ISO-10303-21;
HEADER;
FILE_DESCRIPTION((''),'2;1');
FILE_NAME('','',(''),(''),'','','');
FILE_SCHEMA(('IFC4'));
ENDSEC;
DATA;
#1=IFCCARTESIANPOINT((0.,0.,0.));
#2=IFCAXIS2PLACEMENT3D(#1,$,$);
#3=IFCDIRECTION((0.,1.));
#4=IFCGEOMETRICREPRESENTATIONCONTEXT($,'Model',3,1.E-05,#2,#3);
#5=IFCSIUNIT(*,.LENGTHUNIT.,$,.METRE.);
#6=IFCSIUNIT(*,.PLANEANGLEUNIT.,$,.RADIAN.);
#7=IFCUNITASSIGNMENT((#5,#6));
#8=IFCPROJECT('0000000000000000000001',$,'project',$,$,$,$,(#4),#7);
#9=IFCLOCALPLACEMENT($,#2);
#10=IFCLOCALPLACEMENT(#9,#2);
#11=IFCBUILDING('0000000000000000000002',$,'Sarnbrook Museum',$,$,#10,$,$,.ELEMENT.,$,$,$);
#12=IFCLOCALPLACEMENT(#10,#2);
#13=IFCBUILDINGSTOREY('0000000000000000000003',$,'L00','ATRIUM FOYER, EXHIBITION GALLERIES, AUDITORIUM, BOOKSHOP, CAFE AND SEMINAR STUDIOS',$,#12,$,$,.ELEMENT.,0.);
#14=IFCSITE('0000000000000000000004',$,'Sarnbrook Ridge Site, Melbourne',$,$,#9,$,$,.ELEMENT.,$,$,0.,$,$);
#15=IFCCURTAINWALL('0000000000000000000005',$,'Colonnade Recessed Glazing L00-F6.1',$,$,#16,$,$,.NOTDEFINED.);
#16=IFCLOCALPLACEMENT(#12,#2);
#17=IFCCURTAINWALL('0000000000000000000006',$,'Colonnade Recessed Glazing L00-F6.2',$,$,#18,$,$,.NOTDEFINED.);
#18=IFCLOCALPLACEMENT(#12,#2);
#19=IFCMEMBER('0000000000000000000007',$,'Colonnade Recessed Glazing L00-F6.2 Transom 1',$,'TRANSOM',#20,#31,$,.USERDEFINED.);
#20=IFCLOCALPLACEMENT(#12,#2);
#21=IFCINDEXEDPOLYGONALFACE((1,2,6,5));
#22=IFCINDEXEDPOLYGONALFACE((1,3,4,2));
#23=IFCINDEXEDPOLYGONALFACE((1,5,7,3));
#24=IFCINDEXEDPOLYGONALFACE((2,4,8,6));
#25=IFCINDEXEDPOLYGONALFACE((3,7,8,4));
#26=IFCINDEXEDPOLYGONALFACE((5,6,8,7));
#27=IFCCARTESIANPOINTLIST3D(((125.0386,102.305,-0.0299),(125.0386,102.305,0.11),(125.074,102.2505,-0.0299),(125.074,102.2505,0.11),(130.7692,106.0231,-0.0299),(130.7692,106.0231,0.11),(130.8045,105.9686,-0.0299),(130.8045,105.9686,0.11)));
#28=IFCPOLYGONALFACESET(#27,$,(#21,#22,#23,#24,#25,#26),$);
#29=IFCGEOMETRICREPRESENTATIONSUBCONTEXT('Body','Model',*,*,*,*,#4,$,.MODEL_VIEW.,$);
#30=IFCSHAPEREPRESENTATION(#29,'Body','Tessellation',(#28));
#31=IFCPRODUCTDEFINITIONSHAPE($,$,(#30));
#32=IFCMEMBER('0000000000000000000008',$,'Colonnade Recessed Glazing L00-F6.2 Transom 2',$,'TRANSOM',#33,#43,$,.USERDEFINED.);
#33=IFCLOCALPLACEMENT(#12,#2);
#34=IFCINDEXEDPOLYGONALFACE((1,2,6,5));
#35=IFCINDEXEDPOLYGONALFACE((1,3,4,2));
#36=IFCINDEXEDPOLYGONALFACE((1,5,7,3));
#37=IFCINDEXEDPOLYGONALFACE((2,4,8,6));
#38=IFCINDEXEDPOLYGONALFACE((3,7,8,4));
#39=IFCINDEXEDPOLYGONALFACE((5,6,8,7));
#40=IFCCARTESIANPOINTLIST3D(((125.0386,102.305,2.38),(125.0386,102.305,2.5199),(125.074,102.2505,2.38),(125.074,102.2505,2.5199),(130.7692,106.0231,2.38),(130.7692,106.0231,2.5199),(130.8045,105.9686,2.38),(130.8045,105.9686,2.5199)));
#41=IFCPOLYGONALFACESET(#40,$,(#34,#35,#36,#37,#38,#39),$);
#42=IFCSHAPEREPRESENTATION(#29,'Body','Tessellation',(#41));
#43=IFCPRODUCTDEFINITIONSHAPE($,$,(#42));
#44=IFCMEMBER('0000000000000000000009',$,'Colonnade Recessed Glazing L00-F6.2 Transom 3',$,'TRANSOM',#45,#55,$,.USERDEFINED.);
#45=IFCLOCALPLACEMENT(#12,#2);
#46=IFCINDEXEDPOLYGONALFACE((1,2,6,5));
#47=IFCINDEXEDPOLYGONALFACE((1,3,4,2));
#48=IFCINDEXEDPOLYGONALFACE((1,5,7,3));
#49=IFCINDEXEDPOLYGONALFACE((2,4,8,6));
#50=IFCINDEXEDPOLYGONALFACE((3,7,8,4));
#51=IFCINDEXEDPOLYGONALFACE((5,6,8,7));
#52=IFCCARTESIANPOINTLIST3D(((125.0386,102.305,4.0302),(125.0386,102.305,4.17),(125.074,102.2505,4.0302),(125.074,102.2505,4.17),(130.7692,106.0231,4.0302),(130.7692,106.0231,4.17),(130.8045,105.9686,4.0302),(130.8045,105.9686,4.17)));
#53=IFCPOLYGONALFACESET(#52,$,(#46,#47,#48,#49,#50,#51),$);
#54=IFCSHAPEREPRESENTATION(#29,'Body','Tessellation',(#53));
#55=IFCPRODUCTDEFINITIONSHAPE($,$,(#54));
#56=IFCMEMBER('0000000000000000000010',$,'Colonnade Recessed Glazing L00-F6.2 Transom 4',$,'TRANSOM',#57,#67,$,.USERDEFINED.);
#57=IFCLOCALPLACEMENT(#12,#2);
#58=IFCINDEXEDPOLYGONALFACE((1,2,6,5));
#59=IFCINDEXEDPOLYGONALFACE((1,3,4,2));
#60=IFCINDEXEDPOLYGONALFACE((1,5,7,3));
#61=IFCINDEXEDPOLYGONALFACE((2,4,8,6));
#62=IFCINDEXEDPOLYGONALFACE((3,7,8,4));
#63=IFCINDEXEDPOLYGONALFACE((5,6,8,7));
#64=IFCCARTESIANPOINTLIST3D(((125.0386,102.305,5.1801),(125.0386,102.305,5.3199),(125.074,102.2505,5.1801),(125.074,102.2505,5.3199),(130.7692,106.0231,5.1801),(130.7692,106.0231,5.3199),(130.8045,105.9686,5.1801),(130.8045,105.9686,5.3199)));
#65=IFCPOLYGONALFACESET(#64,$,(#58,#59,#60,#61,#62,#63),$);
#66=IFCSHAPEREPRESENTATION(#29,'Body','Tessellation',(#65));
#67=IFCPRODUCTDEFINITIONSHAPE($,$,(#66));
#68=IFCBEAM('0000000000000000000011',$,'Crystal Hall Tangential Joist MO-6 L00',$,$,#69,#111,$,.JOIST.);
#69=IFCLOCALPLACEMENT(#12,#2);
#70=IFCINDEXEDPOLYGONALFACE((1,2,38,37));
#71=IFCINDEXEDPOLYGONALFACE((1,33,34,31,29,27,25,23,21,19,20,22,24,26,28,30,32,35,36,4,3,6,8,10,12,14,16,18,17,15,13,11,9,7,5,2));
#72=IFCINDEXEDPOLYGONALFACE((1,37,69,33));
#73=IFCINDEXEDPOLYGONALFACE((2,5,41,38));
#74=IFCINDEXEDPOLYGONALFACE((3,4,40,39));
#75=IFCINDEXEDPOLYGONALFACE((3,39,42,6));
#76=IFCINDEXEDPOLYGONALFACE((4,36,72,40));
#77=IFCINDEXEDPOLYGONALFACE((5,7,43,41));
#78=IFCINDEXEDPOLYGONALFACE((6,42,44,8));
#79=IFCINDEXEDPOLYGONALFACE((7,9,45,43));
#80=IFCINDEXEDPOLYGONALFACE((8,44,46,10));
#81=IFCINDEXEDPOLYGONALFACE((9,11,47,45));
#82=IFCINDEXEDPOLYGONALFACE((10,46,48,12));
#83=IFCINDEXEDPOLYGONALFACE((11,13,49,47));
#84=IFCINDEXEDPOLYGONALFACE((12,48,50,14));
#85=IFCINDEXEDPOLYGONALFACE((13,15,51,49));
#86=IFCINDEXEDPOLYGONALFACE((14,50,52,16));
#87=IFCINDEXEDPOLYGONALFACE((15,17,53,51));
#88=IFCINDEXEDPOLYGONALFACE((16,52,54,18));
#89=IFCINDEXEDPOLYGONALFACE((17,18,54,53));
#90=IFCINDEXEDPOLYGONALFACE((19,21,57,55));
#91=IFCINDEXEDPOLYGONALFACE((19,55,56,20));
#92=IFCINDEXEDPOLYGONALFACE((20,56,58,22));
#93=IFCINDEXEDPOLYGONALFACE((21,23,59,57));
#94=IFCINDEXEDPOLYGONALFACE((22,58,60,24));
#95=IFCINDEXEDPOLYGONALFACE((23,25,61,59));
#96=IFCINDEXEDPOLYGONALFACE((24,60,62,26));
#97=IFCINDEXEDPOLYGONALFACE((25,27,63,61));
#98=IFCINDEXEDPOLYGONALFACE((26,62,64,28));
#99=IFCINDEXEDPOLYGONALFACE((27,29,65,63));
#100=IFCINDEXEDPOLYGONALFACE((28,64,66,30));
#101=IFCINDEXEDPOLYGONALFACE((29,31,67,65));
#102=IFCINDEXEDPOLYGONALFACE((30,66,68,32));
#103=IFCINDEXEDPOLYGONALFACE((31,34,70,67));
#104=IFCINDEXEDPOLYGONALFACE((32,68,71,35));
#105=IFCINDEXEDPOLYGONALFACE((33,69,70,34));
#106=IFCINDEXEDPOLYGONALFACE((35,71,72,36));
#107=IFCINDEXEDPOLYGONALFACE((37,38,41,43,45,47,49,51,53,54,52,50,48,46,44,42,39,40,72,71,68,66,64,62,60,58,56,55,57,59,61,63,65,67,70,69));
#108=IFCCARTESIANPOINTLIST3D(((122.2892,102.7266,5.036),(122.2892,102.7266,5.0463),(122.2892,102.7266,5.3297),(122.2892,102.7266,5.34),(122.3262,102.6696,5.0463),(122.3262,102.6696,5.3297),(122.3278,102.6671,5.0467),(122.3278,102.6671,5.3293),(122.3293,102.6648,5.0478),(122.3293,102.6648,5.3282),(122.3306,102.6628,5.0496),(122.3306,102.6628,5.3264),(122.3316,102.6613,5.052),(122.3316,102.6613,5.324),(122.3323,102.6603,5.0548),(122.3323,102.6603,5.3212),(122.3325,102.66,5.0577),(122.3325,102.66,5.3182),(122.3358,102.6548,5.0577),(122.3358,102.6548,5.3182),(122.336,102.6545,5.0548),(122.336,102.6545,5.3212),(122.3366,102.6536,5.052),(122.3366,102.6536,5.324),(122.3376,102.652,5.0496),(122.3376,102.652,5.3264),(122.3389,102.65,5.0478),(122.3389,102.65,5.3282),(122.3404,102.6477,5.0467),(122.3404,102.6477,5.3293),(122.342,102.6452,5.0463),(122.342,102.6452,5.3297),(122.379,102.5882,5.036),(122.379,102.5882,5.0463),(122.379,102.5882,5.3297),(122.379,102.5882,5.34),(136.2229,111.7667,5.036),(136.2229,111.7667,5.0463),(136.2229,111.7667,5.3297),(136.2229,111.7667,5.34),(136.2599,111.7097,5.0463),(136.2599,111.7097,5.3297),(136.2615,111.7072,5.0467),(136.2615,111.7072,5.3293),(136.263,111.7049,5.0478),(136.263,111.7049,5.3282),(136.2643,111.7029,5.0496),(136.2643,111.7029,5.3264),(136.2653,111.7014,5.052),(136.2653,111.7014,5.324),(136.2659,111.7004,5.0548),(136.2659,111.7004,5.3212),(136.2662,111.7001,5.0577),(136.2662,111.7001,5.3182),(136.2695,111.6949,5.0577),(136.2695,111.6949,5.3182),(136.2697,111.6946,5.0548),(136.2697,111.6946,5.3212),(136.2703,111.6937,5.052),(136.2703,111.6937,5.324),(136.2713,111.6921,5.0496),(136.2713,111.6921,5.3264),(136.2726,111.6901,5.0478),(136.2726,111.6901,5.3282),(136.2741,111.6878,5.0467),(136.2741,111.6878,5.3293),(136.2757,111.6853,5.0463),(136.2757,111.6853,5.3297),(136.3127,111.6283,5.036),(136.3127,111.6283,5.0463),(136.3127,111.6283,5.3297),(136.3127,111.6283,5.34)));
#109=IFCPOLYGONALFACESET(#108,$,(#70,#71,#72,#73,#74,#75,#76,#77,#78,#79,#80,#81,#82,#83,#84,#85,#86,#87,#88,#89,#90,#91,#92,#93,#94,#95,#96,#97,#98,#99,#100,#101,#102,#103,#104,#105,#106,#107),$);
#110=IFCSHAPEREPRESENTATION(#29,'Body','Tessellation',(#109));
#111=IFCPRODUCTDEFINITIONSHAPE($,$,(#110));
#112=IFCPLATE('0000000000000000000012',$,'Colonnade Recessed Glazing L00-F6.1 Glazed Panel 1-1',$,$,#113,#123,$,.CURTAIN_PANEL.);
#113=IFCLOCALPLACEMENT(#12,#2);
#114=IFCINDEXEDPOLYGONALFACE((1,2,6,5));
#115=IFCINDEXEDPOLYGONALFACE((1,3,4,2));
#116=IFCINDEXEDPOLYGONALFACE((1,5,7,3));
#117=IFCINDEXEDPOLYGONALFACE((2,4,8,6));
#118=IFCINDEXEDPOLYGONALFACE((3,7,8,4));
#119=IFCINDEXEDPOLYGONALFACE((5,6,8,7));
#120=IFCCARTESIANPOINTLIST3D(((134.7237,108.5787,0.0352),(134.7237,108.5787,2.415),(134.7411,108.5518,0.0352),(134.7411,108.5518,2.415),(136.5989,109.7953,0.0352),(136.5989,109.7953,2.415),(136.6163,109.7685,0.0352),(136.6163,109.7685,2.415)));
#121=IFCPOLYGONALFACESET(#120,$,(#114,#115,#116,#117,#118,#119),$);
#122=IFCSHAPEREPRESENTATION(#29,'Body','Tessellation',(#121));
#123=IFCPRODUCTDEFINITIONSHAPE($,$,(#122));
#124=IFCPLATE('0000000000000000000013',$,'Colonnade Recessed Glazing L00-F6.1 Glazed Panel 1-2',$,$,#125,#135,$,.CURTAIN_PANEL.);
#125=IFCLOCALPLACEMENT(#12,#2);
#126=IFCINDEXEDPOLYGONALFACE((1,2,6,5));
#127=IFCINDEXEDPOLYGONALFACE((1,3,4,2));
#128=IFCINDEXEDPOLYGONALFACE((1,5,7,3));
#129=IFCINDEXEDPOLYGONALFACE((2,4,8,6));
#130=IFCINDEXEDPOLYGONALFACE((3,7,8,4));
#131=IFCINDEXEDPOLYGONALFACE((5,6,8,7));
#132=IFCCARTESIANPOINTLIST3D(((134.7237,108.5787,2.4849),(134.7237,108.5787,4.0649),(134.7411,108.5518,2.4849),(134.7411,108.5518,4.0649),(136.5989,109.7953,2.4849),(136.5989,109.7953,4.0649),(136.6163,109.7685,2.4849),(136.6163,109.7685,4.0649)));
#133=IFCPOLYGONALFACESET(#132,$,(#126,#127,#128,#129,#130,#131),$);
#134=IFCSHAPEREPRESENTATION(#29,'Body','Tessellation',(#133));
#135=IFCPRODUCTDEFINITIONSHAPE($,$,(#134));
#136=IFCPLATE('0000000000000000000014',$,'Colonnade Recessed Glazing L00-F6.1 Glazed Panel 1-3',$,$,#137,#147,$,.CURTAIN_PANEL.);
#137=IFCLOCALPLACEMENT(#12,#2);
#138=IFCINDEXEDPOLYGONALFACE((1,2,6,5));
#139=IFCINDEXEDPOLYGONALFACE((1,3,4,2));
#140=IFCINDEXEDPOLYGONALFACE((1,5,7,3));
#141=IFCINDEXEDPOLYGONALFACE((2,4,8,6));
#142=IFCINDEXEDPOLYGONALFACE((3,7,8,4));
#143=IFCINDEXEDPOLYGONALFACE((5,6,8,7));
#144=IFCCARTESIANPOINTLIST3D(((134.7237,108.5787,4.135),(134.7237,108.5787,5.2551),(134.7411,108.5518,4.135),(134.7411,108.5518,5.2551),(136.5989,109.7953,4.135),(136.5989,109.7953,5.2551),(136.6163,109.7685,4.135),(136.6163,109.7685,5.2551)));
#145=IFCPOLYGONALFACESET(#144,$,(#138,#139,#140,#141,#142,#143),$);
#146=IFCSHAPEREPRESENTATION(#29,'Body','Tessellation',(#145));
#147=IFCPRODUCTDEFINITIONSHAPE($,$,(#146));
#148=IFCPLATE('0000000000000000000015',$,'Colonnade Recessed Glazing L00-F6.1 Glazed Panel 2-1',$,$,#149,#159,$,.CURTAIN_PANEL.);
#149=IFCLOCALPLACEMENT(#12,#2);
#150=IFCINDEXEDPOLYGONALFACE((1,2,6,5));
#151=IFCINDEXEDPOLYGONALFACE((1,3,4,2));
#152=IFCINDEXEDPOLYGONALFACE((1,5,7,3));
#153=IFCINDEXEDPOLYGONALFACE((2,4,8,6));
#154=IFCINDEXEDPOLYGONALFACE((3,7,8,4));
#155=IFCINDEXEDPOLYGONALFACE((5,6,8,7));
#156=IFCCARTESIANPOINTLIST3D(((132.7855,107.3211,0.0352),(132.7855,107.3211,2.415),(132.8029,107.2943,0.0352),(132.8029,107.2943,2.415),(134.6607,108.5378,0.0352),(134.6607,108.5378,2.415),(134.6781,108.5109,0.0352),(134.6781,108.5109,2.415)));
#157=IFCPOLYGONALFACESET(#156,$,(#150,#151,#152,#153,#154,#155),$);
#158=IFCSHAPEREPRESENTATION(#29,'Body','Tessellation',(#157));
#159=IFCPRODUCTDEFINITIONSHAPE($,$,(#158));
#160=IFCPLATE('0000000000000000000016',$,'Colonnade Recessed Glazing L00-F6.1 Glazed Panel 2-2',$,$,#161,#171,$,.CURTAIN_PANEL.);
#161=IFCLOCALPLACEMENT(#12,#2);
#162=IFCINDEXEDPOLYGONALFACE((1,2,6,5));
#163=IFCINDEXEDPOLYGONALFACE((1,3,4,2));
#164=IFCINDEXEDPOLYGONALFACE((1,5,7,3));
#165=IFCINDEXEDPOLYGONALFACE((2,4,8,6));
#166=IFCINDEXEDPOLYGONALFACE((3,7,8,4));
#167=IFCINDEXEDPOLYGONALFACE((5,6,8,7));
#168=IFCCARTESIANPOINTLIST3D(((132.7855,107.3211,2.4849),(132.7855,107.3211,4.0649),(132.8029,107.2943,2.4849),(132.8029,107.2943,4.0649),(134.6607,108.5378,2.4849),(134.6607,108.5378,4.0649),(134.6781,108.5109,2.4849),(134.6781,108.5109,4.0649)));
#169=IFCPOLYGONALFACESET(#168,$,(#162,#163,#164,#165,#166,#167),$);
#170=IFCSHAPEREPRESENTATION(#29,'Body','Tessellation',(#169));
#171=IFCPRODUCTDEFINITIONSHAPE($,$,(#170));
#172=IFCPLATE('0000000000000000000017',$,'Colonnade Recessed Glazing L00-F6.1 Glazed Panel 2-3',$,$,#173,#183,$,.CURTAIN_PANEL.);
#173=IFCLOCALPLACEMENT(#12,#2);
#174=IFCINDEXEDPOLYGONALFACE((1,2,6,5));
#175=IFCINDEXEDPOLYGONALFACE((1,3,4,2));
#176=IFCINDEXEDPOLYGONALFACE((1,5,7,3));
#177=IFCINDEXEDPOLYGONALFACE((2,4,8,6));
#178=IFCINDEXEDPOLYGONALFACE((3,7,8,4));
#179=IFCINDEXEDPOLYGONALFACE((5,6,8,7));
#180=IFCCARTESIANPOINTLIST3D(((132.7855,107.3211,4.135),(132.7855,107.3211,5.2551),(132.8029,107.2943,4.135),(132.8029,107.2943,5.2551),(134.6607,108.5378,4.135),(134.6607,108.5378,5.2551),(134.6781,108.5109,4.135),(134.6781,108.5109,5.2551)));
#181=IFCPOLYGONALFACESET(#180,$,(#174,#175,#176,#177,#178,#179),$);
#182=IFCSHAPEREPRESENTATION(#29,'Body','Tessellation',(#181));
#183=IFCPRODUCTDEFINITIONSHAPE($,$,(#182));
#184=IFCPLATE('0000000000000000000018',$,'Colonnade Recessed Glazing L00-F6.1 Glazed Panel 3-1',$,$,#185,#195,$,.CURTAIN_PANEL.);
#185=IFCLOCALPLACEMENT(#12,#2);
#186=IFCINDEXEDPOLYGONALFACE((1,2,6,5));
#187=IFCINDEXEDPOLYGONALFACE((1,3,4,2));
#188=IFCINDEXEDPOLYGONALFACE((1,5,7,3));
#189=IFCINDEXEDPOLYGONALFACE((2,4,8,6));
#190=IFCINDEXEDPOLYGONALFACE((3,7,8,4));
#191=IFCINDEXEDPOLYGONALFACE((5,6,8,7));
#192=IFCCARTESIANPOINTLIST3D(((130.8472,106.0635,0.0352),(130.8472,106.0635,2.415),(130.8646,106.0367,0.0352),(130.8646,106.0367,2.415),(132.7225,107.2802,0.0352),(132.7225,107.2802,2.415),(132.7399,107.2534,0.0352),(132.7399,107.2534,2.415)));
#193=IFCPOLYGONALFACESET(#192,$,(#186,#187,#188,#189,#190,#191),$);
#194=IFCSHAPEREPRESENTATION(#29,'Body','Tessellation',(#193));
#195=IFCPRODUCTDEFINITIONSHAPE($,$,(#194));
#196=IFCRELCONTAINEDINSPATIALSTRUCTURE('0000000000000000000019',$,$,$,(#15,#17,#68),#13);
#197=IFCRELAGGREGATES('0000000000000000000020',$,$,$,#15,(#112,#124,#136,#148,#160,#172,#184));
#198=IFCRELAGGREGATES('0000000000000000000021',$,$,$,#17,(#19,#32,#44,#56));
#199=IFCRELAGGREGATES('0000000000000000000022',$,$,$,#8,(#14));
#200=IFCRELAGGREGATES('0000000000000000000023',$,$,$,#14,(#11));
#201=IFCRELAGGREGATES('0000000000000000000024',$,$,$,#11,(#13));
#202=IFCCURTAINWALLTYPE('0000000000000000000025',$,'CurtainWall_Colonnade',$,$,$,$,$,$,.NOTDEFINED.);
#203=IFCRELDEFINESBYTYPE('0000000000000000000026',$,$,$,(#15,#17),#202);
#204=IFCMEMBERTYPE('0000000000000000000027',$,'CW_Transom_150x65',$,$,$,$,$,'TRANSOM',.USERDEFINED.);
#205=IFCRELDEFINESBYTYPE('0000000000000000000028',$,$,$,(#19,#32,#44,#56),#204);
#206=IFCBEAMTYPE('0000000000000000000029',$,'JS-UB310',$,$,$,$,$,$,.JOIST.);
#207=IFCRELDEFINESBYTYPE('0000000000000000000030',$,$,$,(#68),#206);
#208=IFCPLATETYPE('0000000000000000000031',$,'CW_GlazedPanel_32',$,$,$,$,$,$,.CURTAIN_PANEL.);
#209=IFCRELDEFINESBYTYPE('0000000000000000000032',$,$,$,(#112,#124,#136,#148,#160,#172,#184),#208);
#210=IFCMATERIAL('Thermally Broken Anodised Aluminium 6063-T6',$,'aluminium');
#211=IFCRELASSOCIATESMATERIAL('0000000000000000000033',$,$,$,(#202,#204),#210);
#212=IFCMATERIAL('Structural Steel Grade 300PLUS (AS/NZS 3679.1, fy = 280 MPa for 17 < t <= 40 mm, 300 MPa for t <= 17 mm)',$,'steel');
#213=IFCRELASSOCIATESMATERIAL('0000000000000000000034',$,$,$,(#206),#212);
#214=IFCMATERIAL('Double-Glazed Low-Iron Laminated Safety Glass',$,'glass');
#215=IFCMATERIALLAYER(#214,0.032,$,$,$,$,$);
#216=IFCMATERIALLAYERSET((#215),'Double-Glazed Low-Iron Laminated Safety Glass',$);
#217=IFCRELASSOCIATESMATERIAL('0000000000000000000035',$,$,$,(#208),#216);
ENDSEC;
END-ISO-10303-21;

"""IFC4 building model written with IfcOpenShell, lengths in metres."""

from ifc_helpers import new_model, si_unit, direction, frame, origin, origin_2d, place, context, subcontext, project, spatial, rectangle, i_section, extrude, material, layer, layer_set, material_profile, profile_set, type_object, element, aggregate, save


model = new_model("IFC4")

# Units and contexts
model_context = context("Model", 3, precision=1e-05, world=origin(), true_north=direction((0.0, 1.0)))
body_context = subcontext(model_context, "Body", "Model", "MODEL_VIEW")
ifc_project = project(units=[si_unit("LENGTHUNIT", "METRE"), si_unit("PLANEANGLEUNIT", "RADIAN")], contexts=[model_context])

# Site, building, storey
site_placement = place(None, origin())
site = spatial("IfcSite", under=ifc_project, at=site_placement, Name="Sarnbrook Ridge Site, Melbourne", CompositionType="ELEMENT", RefElevation=0.0)
building_placement = place(site_placement, origin())
building = spatial("IfcBuilding", under=site, at=building_placement, Name="Sarnbrook Museum", CompositionType="ELEMENT")
storey_placement = place(building_placement, origin())
storey = spatial("IfcBuildingStorey", under=building, at=storey_placement, Name="L00", Description="ATRIUM FOYER, EXHIBITION GALLERIES, AUDITORIUM, BOOKSHOP, CAFE AND SEMINAR STUDIOS", CompositionType="ELEMENT", Elevation=0.0)

# Shared definitions
ifc_material_1 = material(Name="Structural Steel Grade 300PLUS (AS/NZS 3679.1, fy = 280 MPa for 17 < t <= 40 mm, 300 MPa for t <= 17 mm)", Category="steel")

# Curtain wall
ifc_material_2 = material(Name="Thermally Broken Anodised Aluminium 6063-T6", Category="aluminium")
curtain_wall_type = type_object("IfcCurtainWallType", Name="CurtainWall_Colonnade", PredefinedType="NOTDEFINED", material=ifc_material_2)
curtain_wall_1_placement = place(storey_placement, origin())
curtain_wall_1 = element("IfcCurtainWall", 1, at=curtain_wall_1_placement, inside=storey, type_object=curtain_wall_type, Name="Colonnade Recessed Glazing L00-F6.1", PredefinedType="NOTDEFINED")

# Curtain wall
curtain_wall_2_placement = place(storey_placement, origin())
curtain_wall_2 = element("IfcCurtainWall", 2, at=curtain_wall_2_placement, inside=storey, type_object=curtain_wall_type, Name="Colonnade Recessed Glazing L00-F6.2", PredefinedType="NOTDEFINED")

# Members
ifc_material_profile_1 = material_profile(ifc_material_2, rectangle(XDim=0.0649, YDim=0.1399, at=origin_2d()), Name="ALU TRANSOM 65x140")
ifc_profile_set_1 = profile_set([ifc_material_profile_1], Name="Thermally Broken Anodised Aluminium 6063-T6")
member_type_1 = type_object("IfcMemberType", Name="CW_Transom_150x65", ElementType="TRANSOM", PredefinedType="USERDEFINED", material=ifc_profile_set_1)
member_1_placement = place(storey_placement, frame((130.7869, 105.9958, 0.04), z_axis=(-0.838897, -0.54429, 0.0), x_axis=(0.54429, -0.838897, 0.0)))
member_1 = element("IfcMember", 3, at=member_1_placement, type_object=member_type_1, Name="Colonnade Recessed Glazing L00-F6.2 Transom 1", ObjectType="TRANSOM", PredefinedType="USERDEFINED", context=body_context, shape_type="SweptSolid", body=[
    extrude(rectangle(XDim=0.0649, YDim=0.1399, at=origin_2d()), origin(), (0.0, 0.0, 1.0), 6.8311),
])
member_2_placement = place(storey_placement, frame((130.7869, 105.9958, 2.45), z_axis=(-0.838897, -0.54429, 0.0), x_axis=(0.54429, -0.838897, 0.0)))
member_2 = element("IfcMember", 4, at=member_2_placement, type_object=member_type_1, Name="Colonnade Recessed Glazing L00-F6.2 Transom 2", ObjectType="TRANSOM", PredefinedType="USERDEFINED", context=body_context, shape_type="SweptSolid", body=[
    extrude(rectangle(XDim=0.0649, YDim=0.1399, at=origin_2d()), origin(), (0.0, 0.0, 1.0), 6.8311),
])
member_3_placement = place(storey_placement, frame((130.7869, 105.9958, 4.1001), z_axis=(-0.838897, -0.54429, 0.0), x_axis=(0.54429, -0.838897, 0.0)))
member_3 = element("IfcMember", 5, at=member_3_placement, type_object=member_type_1, Name="Colonnade Recessed Glazing L00-F6.2 Transom 3", ObjectType="TRANSOM", PredefinedType="USERDEFINED", context=body_context, shape_type="SweptSolid", body=[
    extrude(rectangle(XDim=0.0649, YDim=0.1399, at=origin_2d()), origin(), (0.0, 0.0, 1.0), 6.8311),
])
member_4_placement = place(storey_placement, frame((130.7869, 105.9958, 5.25), z_axis=(-0.838897, -0.54429, 0.0), x_axis=(0.54429, -0.838897, 0.0)))
member_4 = element("IfcMember", 6, at=member_4_placement, type_object=member_type_1, Name="Colonnade Recessed Glazing L00-F6.2 Transom 4", ObjectType="TRANSOM", PredefinedType="USERDEFINED", context=body_context, shape_type="SweptSolid", body=[
    extrude(rectangle(XDim=0.0649, YDim=0.1399, at=origin_2d()), origin(), (0.0, 0.0, 1.0), 6.8311),
])

# Beam
ifc_material_profile_2 = material_profile(ifc_material_1, i_section(OverallWidth=0.165, OverallDepth=0.304, WebThickness=0.0061, FlangeThickness=0.0103, FilletRadius=0.0115, at=origin_2d()), Name="310UB40.4")
ifc_profile_set_2 = profile_set([ifc_material_profile_2], Name="Structural Steel Grade 300PLUS (AS/NZS 3679.1, fy = 280 MPa for 17 < t <= 40 mm, 300 MPa for t <= 17 mm)")
beam_type_1 = type_object("IfcBeamType", Name="JS-UB310", PredefinedType="JOIST", material=ifc_profile_set_2)
beam_1_placement = place(storey_placement, frame((136.2678, 111.6975, 5.188), z_axis=(-0.838905, -0.544277, 0.0), x_axis=(0.544277, -0.838905, 0.0)))
element("IfcBeam", 7, at=beam_1_placement, inside=storey, type_object=beam_type_1, Name="Crystal Hall Tangential Joist MO-6 L00", PredefinedType="JOIST", context=body_context, shape_type="SweptSolid", body=[
    extrude(i_section(OverallWidth=0.165, OverallDepth=0.304, WebThickness=0.0061, FlangeThickness=0.0103, FilletRadius=0.0115, at=origin_2d()), origin(), (0.0, 0.0, 1.0), 16.6094),
])

# Plates
ifc_material_3 = material(Name="Double-Glazed Low-Iron Laminated Safety Glass", Category="glass")
ifc_layer = layer(ifc_material_3, 0.032)
ifc_layer_set = layer_set([ifc_layer], Name="Double-Glazed Low-Iron Laminated Safety Glass")
plate_type = type_object("IfcPlateType", Name="CW_GlazedPanel_32", PredefinedType="CURTAIN_PANEL", material=ifc_layer_set)
plate_1_placement = place(storey_placement, frame((135.6787, 109.1602, 1.2251), z_axis=(-0.544286, 0.8389, 0.0), x_axis=(-0.8389, -0.544286, 0.0)))
plate_1 = element("IfcPlate", 8, at=plate_1_placement, type_object=plate_type, Name="Colonnade Recessed Glazing L00-F6.1 Glazed Panel 1-1", PredefinedType="CURTAIN_PANEL", context=body_context, shape_type="SweptSolid", body=[
    extrude(rectangle(XDim=2.2354, YDim=2.3799, at=origin_2d()), origin(), (0.0, 0.0, 1.0), 0.032),
])
plate_2_placement = place(storey_placement, frame((135.6787, 109.1602, 3.2749), z_axis=(-0.544286, 0.8389, 0.0), x_axis=(-0.8389, -0.544286, 0.0)))
plate_2 = element("IfcPlate", 9, at=plate_2_placement, type_object=plate_type, Name="Colonnade Recessed Glazing L00-F6.1 Glazed Panel 1-2", PredefinedType="CURTAIN_PANEL", context=body_context, shape_type="SweptSolid", body=[
    extrude(rectangle(XDim=2.2354, YDim=1.5801, at=origin_2d()), origin(), (0.0, 0.0, 1.0), 0.032),
])
plate_3_placement = place(storey_placement, frame((135.6787, 109.1602, 4.6951), z_axis=(-0.544286, 0.8389, 0.0), x_axis=(-0.8389, -0.544286, 0.0)))
plate_3 = element("IfcPlate", 10, at=plate_3_placement, type_object=plate_type, Name="Colonnade Recessed Glazing L00-F6.1 Glazed Panel 1-3", PredefinedType="CURTAIN_PANEL", context=body_context, shape_type="SweptSolid", body=[
    extrude(rectangle(XDim=2.2354, YDim=1.1201, at=origin_2d()), origin(), (0.0, 0.0, 1.0), 0.032),
])
plate_4_placement = place(storey_placement, frame((133.7405, 107.9026, 1.2251), z_axis=(-0.544286, 0.8389, 0.0), x_axis=(-0.8389, -0.544286, 0.0)))
plate_4 = element("IfcPlate", 11, at=plate_4_placement, type_object=plate_type, Name="Colonnade Recessed Glazing L00-F6.1 Glazed Panel 2-1", PredefinedType="CURTAIN_PANEL", context=body_context, shape_type="SweptSolid", body=[
    extrude(rectangle(XDim=2.2354, YDim=2.3799, at=origin_2d()), origin(), (0.0, 0.0, 1.0), 0.032),
])
plate_5_placement = place(storey_placement, frame((133.7405, 107.9026, 3.2749), z_axis=(-0.544286, 0.8389, 0.0), x_axis=(-0.8389, -0.544286, 0.0)))
plate_5 = element("IfcPlate", 12, at=plate_5_placement, type_object=plate_type, Name="Colonnade Recessed Glazing L00-F6.1 Glazed Panel 2-2", PredefinedType="CURTAIN_PANEL", context=body_context, shape_type="SweptSolid", body=[
    extrude(rectangle(XDim=2.2354, YDim=1.5801, at=origin_2d()), origin(), (0.0, 0.0, 1.0), 0.032),
])
plate_6_placement = place(storey_placement, frame((133.7405, 107.9026, 4.6951), z_axis=(-0.544286, 0.8389, 0.0), x_axis=(-0.8389, -0.544286, 0.0)))
plate_6 = element("IfcPlate", 13, at=plate_6_placement, type_object=plate_type, Name="Colonnade Recessed Glazing L00-F6.1 Glazed Panel 2-3", PredefinedType="CURTAIN_PANEL", context=body_context, shape_type="SweptSolid", body=[
    extrude(rectangle(XDim=2.2354, YDim=1.1201, at=origin_2d()), origin(), (0.0, 0.0, 1.0), 0.032),
])
plate_7_placement = place(storey_placement, frame((131.8022, 106.645, 1.2251), z_axis=(-0.544286, 0.8389, 0.0), x_axis=(-0.8389, -0.544286, 0.0)))
plate_7 = element("IfcPlate", 14, at=plate_7_placement, type_object=plate_type, Name="Colonnade Recessed Glazing L00-F6.1 Glazed Panel 3-1", PredefinedType="CURTAIN_PANEL", context=body_context, shape_type="SweptSolid", body=[
    extrude(rectangle(XDim=2.2354, YDim=2.3799, at=origin_2d()), origin(), (0.0, 0.0, 1.0), 0.032),
])
aggregate(curtain_wall_1, [plate_1, plate_2, plate_3, plate_4, plate_5, plate_6, plate_7])
aggregate(curtain_wall_2, [member_1, member_2, member_3, member_4])

save(model, "model.ifc")
